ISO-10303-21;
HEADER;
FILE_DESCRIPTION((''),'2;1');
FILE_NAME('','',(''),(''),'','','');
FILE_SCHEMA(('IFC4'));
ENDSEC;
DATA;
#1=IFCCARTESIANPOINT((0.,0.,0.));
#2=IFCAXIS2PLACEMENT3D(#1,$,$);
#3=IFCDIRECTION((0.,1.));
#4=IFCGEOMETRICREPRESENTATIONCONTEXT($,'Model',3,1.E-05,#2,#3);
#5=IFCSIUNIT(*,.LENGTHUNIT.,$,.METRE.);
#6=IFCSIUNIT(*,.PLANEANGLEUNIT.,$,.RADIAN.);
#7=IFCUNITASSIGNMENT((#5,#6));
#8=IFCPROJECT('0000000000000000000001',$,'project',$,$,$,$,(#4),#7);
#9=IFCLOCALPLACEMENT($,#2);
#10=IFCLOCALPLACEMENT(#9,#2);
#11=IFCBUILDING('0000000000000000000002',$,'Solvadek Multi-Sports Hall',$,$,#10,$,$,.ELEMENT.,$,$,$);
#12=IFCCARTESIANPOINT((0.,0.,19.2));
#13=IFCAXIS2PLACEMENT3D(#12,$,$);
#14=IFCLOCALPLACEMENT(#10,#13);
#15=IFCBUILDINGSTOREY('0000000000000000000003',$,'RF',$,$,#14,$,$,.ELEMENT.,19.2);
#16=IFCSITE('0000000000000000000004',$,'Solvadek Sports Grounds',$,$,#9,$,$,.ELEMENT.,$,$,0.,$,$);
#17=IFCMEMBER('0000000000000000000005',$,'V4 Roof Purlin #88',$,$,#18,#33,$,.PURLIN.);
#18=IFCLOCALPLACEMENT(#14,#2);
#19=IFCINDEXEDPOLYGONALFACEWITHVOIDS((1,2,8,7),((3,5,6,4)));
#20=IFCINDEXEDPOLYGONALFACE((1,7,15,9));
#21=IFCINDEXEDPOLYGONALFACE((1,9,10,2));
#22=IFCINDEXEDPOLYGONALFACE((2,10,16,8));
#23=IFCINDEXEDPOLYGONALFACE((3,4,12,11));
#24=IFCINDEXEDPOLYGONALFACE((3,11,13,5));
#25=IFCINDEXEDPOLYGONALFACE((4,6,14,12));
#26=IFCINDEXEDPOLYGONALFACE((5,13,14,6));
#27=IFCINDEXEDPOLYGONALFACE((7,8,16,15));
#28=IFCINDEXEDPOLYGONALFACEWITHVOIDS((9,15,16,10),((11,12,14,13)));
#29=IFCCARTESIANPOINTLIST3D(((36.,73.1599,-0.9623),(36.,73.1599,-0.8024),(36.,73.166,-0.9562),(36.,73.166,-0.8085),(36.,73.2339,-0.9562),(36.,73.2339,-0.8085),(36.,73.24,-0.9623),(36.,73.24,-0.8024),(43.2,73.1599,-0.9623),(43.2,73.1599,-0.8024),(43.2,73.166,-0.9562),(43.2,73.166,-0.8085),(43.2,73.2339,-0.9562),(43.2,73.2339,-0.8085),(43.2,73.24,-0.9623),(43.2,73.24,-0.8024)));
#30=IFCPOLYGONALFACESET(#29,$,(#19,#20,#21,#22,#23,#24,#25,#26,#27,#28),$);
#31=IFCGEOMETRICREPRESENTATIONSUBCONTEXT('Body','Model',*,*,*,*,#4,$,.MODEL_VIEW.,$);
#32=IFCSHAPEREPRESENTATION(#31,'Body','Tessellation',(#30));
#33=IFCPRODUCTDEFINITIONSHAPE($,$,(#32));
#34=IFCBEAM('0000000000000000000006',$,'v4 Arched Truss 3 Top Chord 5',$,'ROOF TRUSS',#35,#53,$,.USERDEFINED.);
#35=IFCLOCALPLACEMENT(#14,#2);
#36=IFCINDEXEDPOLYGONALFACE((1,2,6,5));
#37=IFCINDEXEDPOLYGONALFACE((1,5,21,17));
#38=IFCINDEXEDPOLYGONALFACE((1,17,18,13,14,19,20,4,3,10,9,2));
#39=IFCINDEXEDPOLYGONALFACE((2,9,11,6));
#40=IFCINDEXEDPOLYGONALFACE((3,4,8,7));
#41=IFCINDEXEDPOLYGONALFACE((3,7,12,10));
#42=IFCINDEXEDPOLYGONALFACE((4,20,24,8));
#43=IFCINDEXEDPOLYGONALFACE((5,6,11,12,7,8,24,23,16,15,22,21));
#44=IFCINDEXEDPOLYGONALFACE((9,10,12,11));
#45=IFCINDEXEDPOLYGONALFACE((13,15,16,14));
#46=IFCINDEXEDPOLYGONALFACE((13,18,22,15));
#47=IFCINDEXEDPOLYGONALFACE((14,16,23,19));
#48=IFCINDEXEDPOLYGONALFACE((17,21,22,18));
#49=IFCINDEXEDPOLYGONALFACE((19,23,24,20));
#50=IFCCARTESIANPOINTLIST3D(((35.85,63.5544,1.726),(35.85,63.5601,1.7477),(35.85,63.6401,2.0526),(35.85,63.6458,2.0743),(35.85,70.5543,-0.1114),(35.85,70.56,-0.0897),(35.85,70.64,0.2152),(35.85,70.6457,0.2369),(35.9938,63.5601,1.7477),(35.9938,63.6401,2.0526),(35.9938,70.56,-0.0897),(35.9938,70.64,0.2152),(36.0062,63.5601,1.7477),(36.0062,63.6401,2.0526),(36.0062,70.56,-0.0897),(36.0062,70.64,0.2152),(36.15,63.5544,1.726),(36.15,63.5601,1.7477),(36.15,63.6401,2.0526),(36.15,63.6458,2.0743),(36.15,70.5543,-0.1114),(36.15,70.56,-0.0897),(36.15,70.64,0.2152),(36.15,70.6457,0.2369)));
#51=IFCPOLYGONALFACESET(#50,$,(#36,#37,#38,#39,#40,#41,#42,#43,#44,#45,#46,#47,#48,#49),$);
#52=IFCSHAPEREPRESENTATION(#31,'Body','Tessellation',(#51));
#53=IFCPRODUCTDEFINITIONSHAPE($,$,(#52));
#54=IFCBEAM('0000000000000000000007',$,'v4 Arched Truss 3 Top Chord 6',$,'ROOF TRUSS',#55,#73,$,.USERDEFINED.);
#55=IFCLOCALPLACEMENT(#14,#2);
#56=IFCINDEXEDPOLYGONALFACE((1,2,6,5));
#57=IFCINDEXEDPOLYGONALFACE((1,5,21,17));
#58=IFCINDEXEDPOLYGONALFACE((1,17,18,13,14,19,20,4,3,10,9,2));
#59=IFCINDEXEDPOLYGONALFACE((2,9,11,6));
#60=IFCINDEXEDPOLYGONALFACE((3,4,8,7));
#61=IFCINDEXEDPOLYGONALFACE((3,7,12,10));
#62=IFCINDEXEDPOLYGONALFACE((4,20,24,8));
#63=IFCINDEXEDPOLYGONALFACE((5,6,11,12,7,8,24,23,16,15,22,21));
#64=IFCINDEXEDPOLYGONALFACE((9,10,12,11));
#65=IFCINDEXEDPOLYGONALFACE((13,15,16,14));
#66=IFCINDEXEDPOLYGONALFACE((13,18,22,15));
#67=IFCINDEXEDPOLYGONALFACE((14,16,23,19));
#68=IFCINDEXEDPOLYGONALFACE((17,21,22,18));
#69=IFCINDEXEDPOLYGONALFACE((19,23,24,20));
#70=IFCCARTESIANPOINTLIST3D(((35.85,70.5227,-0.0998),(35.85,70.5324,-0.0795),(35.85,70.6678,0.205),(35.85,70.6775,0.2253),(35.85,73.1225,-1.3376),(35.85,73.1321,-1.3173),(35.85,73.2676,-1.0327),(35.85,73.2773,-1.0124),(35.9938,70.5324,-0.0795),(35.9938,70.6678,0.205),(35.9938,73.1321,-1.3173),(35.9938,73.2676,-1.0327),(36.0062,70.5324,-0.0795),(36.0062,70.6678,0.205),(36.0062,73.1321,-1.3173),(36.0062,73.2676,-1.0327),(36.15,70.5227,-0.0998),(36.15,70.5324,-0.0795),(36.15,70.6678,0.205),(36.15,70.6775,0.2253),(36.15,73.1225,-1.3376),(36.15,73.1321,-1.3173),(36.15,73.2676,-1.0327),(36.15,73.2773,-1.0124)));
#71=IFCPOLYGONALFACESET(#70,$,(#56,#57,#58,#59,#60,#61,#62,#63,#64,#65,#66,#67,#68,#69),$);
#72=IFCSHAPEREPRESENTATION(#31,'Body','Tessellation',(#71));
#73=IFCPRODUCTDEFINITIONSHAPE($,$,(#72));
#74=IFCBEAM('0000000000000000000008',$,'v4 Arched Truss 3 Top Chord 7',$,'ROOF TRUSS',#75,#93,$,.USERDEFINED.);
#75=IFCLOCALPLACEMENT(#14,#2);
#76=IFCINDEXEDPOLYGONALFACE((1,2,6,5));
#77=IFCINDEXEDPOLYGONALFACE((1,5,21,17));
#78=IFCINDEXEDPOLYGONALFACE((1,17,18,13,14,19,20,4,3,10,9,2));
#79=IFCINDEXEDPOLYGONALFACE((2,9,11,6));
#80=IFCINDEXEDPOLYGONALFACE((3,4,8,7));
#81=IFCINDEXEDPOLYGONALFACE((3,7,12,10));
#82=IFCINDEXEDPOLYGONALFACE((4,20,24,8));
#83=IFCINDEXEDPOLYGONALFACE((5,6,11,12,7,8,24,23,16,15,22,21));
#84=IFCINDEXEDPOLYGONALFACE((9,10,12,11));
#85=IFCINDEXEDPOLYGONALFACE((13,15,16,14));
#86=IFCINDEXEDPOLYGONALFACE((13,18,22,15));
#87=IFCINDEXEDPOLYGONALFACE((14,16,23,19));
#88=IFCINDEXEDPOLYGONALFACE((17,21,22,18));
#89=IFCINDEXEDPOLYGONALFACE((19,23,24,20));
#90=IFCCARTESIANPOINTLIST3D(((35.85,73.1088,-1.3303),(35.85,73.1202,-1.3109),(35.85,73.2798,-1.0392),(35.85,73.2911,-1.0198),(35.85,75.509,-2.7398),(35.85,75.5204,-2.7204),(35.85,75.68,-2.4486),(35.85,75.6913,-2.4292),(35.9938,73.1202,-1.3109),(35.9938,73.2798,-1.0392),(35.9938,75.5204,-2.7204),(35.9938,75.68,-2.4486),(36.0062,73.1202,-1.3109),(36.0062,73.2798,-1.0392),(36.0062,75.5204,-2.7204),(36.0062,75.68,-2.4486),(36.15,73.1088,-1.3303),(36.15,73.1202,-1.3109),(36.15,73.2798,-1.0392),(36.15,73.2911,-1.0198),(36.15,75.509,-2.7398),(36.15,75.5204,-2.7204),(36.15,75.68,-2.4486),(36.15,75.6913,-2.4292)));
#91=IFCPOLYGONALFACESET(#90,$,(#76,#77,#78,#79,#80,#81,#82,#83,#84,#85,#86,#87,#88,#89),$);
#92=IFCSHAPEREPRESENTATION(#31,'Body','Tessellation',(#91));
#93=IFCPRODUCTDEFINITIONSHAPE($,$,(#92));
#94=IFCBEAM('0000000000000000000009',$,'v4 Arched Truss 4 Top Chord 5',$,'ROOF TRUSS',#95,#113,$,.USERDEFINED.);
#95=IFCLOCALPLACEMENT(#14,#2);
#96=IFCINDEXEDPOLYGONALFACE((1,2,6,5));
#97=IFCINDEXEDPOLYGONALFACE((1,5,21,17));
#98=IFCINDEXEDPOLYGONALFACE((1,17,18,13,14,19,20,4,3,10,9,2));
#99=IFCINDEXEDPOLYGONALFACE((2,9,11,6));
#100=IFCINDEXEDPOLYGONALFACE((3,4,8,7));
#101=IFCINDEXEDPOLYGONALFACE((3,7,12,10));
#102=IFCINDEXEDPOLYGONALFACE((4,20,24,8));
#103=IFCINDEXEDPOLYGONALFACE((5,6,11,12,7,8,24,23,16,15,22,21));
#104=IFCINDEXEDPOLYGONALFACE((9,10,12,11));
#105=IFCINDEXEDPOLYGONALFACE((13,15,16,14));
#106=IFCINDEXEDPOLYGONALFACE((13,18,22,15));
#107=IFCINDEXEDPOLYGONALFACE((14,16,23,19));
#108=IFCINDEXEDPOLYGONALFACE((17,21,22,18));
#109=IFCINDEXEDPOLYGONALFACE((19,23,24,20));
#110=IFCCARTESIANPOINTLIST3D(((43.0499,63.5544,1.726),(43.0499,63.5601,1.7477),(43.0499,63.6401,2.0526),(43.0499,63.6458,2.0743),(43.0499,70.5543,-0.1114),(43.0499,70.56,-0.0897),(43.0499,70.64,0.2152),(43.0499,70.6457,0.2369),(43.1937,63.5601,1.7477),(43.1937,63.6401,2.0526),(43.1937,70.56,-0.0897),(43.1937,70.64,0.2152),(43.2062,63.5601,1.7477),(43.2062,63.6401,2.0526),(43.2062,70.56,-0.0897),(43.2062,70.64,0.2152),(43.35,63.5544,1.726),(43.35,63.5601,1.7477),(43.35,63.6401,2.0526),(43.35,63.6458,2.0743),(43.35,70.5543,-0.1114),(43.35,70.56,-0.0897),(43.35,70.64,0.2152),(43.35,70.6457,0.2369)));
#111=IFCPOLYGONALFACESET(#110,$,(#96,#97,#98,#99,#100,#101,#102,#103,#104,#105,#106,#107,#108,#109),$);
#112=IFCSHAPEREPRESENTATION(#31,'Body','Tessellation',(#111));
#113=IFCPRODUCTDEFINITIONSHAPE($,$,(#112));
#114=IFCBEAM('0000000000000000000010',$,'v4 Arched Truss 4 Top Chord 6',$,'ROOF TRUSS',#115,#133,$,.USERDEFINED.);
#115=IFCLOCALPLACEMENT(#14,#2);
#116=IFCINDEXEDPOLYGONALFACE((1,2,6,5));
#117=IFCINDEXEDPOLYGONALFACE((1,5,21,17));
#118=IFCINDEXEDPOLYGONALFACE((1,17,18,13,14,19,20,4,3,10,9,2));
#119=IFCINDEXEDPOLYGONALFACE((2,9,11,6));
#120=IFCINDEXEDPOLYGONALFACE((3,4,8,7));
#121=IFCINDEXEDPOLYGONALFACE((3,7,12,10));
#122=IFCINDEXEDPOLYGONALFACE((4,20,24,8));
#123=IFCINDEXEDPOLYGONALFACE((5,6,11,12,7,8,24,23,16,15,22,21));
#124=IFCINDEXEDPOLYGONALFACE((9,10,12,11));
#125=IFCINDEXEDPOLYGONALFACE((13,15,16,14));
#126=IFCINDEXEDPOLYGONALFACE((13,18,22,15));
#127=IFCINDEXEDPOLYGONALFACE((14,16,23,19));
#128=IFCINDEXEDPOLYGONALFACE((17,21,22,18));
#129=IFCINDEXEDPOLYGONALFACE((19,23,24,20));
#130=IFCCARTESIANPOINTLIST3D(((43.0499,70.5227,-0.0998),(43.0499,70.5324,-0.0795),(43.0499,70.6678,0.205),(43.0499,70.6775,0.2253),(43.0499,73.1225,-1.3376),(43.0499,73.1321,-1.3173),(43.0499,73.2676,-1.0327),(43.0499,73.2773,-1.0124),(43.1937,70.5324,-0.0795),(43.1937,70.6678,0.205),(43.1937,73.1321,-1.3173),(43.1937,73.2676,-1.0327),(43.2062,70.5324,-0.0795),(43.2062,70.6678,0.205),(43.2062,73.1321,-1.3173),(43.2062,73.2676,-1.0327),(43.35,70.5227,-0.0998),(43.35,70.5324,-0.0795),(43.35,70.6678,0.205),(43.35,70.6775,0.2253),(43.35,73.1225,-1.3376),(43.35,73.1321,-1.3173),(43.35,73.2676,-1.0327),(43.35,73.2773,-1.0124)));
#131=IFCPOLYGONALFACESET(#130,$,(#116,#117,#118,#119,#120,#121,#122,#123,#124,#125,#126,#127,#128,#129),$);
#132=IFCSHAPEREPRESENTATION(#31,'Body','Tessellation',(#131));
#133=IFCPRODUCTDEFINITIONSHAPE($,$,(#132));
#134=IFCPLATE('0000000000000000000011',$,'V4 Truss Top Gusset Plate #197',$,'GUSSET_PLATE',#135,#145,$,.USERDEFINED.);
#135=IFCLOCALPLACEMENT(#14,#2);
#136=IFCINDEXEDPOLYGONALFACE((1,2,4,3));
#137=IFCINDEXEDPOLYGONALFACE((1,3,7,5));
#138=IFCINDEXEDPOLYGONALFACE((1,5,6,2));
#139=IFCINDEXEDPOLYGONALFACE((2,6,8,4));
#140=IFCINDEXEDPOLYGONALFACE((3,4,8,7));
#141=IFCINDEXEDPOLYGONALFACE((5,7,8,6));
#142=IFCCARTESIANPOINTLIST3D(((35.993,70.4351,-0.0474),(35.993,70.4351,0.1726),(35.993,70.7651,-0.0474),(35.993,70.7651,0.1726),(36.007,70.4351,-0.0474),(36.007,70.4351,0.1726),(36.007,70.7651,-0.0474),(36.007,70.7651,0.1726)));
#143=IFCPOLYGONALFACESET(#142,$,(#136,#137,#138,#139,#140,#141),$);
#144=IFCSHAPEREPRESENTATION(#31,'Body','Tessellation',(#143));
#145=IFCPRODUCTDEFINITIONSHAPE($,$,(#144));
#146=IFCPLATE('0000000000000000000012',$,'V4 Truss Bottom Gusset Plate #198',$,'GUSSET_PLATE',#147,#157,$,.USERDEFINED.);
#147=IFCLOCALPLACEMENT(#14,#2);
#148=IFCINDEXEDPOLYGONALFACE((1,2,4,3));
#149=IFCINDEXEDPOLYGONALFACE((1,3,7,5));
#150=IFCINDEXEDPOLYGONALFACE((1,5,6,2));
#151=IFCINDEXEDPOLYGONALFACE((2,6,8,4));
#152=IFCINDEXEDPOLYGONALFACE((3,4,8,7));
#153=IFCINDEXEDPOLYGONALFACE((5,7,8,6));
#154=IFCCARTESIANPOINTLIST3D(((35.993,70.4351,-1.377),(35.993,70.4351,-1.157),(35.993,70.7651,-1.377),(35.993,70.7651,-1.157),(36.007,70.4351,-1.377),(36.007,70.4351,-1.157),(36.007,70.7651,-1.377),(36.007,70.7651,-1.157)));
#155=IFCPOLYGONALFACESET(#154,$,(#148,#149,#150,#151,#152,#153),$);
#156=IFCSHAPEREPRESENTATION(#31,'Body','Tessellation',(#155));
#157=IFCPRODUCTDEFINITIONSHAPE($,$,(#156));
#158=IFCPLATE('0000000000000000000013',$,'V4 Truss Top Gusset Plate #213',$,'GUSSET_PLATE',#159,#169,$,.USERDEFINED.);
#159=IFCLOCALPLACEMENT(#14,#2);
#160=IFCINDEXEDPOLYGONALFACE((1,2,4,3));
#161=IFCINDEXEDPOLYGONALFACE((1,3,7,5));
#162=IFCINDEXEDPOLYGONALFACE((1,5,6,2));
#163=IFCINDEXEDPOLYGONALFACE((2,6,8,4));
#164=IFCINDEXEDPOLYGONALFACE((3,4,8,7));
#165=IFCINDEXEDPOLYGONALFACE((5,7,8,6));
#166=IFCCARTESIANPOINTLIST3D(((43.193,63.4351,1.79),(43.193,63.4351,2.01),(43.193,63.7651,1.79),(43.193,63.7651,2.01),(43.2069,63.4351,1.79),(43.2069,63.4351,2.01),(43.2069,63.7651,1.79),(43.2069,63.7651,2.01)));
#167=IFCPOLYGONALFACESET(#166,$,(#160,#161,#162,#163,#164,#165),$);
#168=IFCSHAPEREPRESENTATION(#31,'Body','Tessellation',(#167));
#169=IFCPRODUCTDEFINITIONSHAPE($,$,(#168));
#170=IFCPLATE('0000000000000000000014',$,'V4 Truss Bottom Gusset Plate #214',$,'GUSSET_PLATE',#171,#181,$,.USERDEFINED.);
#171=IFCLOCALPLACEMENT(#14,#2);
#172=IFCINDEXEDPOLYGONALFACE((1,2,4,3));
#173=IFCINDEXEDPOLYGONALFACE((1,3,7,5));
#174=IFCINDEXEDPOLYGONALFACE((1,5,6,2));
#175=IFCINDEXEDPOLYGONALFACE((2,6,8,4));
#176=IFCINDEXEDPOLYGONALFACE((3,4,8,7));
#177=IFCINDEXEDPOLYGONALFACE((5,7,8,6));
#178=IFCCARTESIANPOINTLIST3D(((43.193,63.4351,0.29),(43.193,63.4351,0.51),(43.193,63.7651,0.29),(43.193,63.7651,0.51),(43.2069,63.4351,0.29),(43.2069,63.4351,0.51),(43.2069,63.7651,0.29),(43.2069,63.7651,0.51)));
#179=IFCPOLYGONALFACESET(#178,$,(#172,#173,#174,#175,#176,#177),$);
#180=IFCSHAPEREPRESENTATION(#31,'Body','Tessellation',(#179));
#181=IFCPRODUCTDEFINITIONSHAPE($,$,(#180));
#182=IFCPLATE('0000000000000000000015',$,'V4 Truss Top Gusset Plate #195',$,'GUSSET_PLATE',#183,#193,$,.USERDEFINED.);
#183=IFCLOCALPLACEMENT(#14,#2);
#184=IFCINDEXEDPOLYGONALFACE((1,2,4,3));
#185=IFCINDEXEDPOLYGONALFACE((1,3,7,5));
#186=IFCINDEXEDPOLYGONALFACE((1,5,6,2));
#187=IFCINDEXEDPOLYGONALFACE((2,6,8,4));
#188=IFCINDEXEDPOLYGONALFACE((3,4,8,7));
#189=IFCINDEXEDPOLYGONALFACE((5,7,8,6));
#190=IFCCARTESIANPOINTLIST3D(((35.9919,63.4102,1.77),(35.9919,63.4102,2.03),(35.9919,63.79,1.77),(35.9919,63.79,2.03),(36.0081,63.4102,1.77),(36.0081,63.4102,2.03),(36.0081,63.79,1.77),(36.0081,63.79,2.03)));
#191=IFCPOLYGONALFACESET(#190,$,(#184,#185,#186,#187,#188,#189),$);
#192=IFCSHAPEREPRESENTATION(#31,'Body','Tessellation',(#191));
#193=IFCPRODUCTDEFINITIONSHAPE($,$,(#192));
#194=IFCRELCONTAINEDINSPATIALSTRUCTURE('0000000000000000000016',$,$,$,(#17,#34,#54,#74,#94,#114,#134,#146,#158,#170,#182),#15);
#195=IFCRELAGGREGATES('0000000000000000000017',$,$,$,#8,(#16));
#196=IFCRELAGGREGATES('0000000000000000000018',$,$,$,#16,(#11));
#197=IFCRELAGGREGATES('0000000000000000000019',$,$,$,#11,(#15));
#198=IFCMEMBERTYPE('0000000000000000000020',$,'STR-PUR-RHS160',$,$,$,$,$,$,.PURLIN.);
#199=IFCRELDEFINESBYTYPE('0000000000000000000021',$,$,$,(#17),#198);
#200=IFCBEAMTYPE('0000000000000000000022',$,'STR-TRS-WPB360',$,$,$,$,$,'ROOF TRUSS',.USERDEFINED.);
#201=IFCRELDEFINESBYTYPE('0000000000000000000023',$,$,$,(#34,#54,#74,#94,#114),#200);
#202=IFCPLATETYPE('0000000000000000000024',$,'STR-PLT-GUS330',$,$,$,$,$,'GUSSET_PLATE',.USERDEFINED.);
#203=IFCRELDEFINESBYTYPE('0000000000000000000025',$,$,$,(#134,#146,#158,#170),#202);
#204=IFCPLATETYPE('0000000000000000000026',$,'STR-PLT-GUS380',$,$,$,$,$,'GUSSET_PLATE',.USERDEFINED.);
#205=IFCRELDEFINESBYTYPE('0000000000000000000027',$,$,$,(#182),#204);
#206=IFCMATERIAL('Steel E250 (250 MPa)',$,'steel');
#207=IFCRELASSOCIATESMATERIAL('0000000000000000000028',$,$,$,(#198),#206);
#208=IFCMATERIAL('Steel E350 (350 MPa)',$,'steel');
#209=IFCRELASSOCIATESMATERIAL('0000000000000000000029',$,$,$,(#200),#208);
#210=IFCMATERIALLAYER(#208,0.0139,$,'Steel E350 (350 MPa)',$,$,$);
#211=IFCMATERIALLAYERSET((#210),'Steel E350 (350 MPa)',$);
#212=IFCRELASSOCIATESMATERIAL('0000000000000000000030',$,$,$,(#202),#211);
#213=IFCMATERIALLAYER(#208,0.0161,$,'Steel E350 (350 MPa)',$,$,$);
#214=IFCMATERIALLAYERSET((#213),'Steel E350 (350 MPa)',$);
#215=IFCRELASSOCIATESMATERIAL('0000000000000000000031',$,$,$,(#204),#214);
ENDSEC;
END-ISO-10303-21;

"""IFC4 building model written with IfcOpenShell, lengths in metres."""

from ifc_helpers import new_model, si_unit, direction, frame, origin, origin_2d, place, context, subcontext, project, spatial, rectangle, hollow_rectangle, i_section, extrude, material, layer, layer_set, material_profile, profile_set, type_object, element, save


model = new_model("IFC4")

# Units and contexts
model_context = context("Model", 3, precision=1e-05, world=origin(), true_north=direction((0.0, 1.0)))
body_context = subcontext(model_context, "Body", "Model", "MODEL_VIEW")
ifc_project = project(units=[si_unit("LENGTHUNIT", "METRE"), si_unit("PLANEANGLEUNIT", "RADIAN")], contexts=[model_context])

# Site, building, storey
site_placement = place(None, origin())
site = spatial("IfcSite", under=ifc_project, at=site_placement, Name="Solvadek Sports Grounds", CompositionType="ELEMENT", RefElevation=0.0)
building_placement = place(site_placement, origin())
building = spatial("IfcBuilding", under=site, at=building_placement, Name="Solvadek Multi-Sports Hall", CompositionType="ELEMENT")
storey_placement = place(building_placement, frame((0.0, 0.0, 19.2)))
storey = spatial("IfcBuildingStorey", under=building, at=storey_placement, Name="RF", CompositionType="ELEMENT", Elevation=19.2)

# Member
ifc_material_1 = material(Name="Steel E350 (350 MPa)", Category="steel")
ifc_material_2 = material(Name="Steel E250 (250 MPa)", Category="steel")
ifc_material_profile_1 = material_profile(ifc_material_2, hollow_rectangle(XDim=0.0801, YDim=0.1599, WallThickness=0.0061, at=origin_2d()), Name="RHS 160x80x6")
ifc_profile_set_1 = profile_set([ifc_material_profile_1], Name="Steel E250 (250 MPa)")
member_type_1 = type_object("IfcMemberType", Name="STR-PUR-RHS160", PredefinedType="PURLIN", material=ifc_profile_set_1)
for number, where, z_axis, x_axis, name in (
    (1, (36.0, 73.2, -0.8823), (1.0, 0.0, 0.0), (0.0, 1.0, 0.0), "V4 Roof Purlin #88"),
):
    element("IfcMember", number, at=place(storey_placement, frame(where, z_axis=z_axis, x_axis=x_axis)), inside=storey, type_object=member_type_1, Name=name, PredefinedType="PURLIN", context=body_context, shape_type="SweptSolid", body=[
        extrude(hollow_rectangle(XDim=0.0801, YDim=0.1599, WallThickness=0.0061, at=origin_2d()), origin(), (0.0, 0.0, 1.0), 7.2),
    ])

# Beams
ifc_material_profile_2 = material_profile(ifc_material_1, i_section(OverallWidth=0.3, OverallDepth=0.3601, WebThickness=0.0125, FlangeThickness=0.0225, at=origin_2d()), Name="WPB 360")
ifc_profile_set_2 = profile_set([ifc_material_profile_2], Name="Steel E350 (350 MPa)")
beam_type = type_object("IfcBeamType", Name="STR-TRS-WPB360", ElementType="ROOF TRUSS", PredefinedType="USERDEFINED", material=ifc_profile_set_2)
beam_1_placement = place(storey_placement, frame((36.0, 63.6001, 1.9001), z_axis=(0.0, 0.967234, -0.253886), x_axis=(-1.0, 0.0, 0.0)))
element("IfcBeam", 2, at=beam_1_placement, inside=storey, type_object=beam_type, Name="v4 Arched Truss 3 Top Chord 5", ObjectType="ROOF TRUSS", PredefinedType="USERDEFINED", context=body_context, shape_type="SweptSolid", body=[
    extrude(i_section(OverallWidth=0.3, OverallDepth=0.3601, WebThickness=0.0125, FlangeThickness=0.0225, at=origin_2d()), origin(), (0.0, 0.0, 1.0), 7.2371),
])
beam_2_placement = place(storey_placement, frame((36.0, 70.6001, 0.0627), z_axis=(0.0, 0.902892, -0.429868), x_axis=(-1.0, 0.0, 0.0)))
element("IfcBeam", 3, at=beam_2_placement, inside=storey, type_object=beam_type, Name="v4 Arched Truss 3 Top Chord 6", ObjectType="ROOF TRUSS", PredefinedType="USERDEFINED", context=body_context, shape_type="SweptSolid", body=[
    extrude(i_section(OverallWidth=0.3, OverallDepth=0.3601, WebThickness=0.0125, FlangeThickness=0.0225, at=origin_2d()), origin(), (0.0, 0.0, 1.0), 2.8794),
])
beam_3_placement = place(storey_placement, frame((36.0, 73.2, -1.175), z_axis=(0.0, 0.862315, -0.506372), x_axis=(-1.0, 0.0, 0.0)))
element("IfcBeam", 4, at=beam_3_placement, inside=storey, type_object=beam_type, Name="v4 Arched Truss 3 Top Chord 7", ObjectType="ROOF TRUSS", PredefinedType="USERDEFINED", context=body_context, shape_type="SweptSolid", body=[
    extrude(i_section(OverallWidth=0.3, OverallDepth=0.3601, WebThickness=0.0125, FlangeThickness=0.0225, at=origin_2d()), origin(), (0.0, 0.0, 1.0), 2.7834),
])
beam_4_placement = place(storey_placement, frame((43.2, 63.6001, 1.9001), z_axis=(0.0, 0.967234, -0.253886), x_axis=(-1.0, 0.0, 0.0)))
element("IfcBeam", 5, at=beam_4_placement, inside=storey, type_object=beam_type, Name="v4 Arched Truss 4 Top Chord 5", ObjectType="ROOF TRUSS", PredefinedType="USERDEFINED", context=body_context, shape_type="SweptSolid", body=[
    extrude(i_section(OverallWidth=0.3, OverallDepth=0.3601, WebThickness=0.0125, FlangeThickness=0.0225, at=origin_2d()), origin(), (0.0, 0.0, 1.0), 7.2371),
])
beam_5_placement = place(storey_placement, frame((43.2, 70.6001, 0.0627), z_axis=(0.0, 0.902892, -0.429868), x_axis=(-1.0, 0.0, 0.0)))
element("IfcBeam", 6, at=beam_5_placement, inside=storey, type_object=beam_type, Name="v4 Arched Truss 4 Top Chord 6", ObjectType="ROOF TRUSS", PredefinedType="USERDEFINED", context=body_context, shape_type="SweptSolid", body=[
    extrude(i_section(OverallWidth=0.3, OverallDepth=0.3601, WebThickness=0.0125, FlangeThickness=0.0225, at=origin_2d()), origin(), (0.0, 0.0, 1.0), 2.8794),
])

# Plates
ifc_layer_1 = layer(ifc_material_1, 0.0139, Name="Steel E350 (350 MPa)")
ifc_layer_set_1 = layer_set([ifc_layer_1], Name="Steel E350 (350 MPa)")
plate_type_1 = type_object("IfcPlateType", Name="STR-PLT-GUS330", ElementType="GUSSET_PLATE", PredefinedType="USERDEFINED", material=ifc_layer_set_1)
for number, where, z_axis, x_axis, name in (
    (7, (36.0, 70.6001, -0.0474), (0.0, 0.0, 1.0), (0.0, 1.0, 0.0), "V4 Truss Top Gusset Plate #197"),
    (8, (36.0, 70.6001, -1.377), (0.0, 0.0, 1.0), (0.0, 1.0, 0.0), "V4 Truss Bottom Gusset Plate #198"),
    (9, (43.2, 63.6001, 1.79), (0.0, 0.0, 1.0), (0.0, 1.0, 0.0), "V4 Truss Top Gusset Plate #213"),
    (10, (43.2, 63.6001, 0.29), (0.0, 0.0, 1.0), (0.0, 1.0, 0.0), "V4 Truss Bottom Gusset Plate #214"),
):
    element("IfcPlate", number, at=place(storey_placement, frame(where, z_axis=z_axis, x_axis=x_axis)), inside=storey, type_object=plate_type_1, Name=name, ObjectType="GUSSET_PLATE", PredefinedType="USERDEFINED", context=body_context, shape_type="SweptSolid", body=[
        extrude(rectangle(XDim=0.3301, YDim=0.0139, at=origin_2d()), origin(), (0.0, 0.0, 1.0), 0.22),
    ])
ifc_layer_2 = layer(ifc_material_1, 0.0161, Name="Steel E350 (350 MPa)")
ifc_layer_set_2 = layer_set([ifc_layer_2], Name="Steel E350 (350 MPa)")
plate_type_2 = type_object("IfcPlateType", Name="STR-PLT-GUS380", ElementType="GUSSET_PLATE", PredefinedType="USERDEFINED", material=ifc_layer_set_2)
for number, where, z_axis, x_axis, name in (
    (11, (36.0, 63.6001, 1.77), (0.0, 0.0, 1.0), (0.0, 1.0, 0.0), "V4 Truss Top Gusset Plate #195"),
):
    element("IfcPlate", number, at=place(storey_placement, frame(where, z_axis=z_axis, x_axis=x_axis)), inside=storey, type_object=plate_type_2, Name=name, ObjectType="GUSSET_PLATE", PredefinedType="USERDEFINED", context=body_context, shape_type="SweptSolid", body=[
        extrude(rectangle(XDim=0.3799, YDim=0.0161, at=origin_2d()), origin(), (0.0, 0.0, 1.0), 0.26),
    ])

save(model, "model.ifc")
